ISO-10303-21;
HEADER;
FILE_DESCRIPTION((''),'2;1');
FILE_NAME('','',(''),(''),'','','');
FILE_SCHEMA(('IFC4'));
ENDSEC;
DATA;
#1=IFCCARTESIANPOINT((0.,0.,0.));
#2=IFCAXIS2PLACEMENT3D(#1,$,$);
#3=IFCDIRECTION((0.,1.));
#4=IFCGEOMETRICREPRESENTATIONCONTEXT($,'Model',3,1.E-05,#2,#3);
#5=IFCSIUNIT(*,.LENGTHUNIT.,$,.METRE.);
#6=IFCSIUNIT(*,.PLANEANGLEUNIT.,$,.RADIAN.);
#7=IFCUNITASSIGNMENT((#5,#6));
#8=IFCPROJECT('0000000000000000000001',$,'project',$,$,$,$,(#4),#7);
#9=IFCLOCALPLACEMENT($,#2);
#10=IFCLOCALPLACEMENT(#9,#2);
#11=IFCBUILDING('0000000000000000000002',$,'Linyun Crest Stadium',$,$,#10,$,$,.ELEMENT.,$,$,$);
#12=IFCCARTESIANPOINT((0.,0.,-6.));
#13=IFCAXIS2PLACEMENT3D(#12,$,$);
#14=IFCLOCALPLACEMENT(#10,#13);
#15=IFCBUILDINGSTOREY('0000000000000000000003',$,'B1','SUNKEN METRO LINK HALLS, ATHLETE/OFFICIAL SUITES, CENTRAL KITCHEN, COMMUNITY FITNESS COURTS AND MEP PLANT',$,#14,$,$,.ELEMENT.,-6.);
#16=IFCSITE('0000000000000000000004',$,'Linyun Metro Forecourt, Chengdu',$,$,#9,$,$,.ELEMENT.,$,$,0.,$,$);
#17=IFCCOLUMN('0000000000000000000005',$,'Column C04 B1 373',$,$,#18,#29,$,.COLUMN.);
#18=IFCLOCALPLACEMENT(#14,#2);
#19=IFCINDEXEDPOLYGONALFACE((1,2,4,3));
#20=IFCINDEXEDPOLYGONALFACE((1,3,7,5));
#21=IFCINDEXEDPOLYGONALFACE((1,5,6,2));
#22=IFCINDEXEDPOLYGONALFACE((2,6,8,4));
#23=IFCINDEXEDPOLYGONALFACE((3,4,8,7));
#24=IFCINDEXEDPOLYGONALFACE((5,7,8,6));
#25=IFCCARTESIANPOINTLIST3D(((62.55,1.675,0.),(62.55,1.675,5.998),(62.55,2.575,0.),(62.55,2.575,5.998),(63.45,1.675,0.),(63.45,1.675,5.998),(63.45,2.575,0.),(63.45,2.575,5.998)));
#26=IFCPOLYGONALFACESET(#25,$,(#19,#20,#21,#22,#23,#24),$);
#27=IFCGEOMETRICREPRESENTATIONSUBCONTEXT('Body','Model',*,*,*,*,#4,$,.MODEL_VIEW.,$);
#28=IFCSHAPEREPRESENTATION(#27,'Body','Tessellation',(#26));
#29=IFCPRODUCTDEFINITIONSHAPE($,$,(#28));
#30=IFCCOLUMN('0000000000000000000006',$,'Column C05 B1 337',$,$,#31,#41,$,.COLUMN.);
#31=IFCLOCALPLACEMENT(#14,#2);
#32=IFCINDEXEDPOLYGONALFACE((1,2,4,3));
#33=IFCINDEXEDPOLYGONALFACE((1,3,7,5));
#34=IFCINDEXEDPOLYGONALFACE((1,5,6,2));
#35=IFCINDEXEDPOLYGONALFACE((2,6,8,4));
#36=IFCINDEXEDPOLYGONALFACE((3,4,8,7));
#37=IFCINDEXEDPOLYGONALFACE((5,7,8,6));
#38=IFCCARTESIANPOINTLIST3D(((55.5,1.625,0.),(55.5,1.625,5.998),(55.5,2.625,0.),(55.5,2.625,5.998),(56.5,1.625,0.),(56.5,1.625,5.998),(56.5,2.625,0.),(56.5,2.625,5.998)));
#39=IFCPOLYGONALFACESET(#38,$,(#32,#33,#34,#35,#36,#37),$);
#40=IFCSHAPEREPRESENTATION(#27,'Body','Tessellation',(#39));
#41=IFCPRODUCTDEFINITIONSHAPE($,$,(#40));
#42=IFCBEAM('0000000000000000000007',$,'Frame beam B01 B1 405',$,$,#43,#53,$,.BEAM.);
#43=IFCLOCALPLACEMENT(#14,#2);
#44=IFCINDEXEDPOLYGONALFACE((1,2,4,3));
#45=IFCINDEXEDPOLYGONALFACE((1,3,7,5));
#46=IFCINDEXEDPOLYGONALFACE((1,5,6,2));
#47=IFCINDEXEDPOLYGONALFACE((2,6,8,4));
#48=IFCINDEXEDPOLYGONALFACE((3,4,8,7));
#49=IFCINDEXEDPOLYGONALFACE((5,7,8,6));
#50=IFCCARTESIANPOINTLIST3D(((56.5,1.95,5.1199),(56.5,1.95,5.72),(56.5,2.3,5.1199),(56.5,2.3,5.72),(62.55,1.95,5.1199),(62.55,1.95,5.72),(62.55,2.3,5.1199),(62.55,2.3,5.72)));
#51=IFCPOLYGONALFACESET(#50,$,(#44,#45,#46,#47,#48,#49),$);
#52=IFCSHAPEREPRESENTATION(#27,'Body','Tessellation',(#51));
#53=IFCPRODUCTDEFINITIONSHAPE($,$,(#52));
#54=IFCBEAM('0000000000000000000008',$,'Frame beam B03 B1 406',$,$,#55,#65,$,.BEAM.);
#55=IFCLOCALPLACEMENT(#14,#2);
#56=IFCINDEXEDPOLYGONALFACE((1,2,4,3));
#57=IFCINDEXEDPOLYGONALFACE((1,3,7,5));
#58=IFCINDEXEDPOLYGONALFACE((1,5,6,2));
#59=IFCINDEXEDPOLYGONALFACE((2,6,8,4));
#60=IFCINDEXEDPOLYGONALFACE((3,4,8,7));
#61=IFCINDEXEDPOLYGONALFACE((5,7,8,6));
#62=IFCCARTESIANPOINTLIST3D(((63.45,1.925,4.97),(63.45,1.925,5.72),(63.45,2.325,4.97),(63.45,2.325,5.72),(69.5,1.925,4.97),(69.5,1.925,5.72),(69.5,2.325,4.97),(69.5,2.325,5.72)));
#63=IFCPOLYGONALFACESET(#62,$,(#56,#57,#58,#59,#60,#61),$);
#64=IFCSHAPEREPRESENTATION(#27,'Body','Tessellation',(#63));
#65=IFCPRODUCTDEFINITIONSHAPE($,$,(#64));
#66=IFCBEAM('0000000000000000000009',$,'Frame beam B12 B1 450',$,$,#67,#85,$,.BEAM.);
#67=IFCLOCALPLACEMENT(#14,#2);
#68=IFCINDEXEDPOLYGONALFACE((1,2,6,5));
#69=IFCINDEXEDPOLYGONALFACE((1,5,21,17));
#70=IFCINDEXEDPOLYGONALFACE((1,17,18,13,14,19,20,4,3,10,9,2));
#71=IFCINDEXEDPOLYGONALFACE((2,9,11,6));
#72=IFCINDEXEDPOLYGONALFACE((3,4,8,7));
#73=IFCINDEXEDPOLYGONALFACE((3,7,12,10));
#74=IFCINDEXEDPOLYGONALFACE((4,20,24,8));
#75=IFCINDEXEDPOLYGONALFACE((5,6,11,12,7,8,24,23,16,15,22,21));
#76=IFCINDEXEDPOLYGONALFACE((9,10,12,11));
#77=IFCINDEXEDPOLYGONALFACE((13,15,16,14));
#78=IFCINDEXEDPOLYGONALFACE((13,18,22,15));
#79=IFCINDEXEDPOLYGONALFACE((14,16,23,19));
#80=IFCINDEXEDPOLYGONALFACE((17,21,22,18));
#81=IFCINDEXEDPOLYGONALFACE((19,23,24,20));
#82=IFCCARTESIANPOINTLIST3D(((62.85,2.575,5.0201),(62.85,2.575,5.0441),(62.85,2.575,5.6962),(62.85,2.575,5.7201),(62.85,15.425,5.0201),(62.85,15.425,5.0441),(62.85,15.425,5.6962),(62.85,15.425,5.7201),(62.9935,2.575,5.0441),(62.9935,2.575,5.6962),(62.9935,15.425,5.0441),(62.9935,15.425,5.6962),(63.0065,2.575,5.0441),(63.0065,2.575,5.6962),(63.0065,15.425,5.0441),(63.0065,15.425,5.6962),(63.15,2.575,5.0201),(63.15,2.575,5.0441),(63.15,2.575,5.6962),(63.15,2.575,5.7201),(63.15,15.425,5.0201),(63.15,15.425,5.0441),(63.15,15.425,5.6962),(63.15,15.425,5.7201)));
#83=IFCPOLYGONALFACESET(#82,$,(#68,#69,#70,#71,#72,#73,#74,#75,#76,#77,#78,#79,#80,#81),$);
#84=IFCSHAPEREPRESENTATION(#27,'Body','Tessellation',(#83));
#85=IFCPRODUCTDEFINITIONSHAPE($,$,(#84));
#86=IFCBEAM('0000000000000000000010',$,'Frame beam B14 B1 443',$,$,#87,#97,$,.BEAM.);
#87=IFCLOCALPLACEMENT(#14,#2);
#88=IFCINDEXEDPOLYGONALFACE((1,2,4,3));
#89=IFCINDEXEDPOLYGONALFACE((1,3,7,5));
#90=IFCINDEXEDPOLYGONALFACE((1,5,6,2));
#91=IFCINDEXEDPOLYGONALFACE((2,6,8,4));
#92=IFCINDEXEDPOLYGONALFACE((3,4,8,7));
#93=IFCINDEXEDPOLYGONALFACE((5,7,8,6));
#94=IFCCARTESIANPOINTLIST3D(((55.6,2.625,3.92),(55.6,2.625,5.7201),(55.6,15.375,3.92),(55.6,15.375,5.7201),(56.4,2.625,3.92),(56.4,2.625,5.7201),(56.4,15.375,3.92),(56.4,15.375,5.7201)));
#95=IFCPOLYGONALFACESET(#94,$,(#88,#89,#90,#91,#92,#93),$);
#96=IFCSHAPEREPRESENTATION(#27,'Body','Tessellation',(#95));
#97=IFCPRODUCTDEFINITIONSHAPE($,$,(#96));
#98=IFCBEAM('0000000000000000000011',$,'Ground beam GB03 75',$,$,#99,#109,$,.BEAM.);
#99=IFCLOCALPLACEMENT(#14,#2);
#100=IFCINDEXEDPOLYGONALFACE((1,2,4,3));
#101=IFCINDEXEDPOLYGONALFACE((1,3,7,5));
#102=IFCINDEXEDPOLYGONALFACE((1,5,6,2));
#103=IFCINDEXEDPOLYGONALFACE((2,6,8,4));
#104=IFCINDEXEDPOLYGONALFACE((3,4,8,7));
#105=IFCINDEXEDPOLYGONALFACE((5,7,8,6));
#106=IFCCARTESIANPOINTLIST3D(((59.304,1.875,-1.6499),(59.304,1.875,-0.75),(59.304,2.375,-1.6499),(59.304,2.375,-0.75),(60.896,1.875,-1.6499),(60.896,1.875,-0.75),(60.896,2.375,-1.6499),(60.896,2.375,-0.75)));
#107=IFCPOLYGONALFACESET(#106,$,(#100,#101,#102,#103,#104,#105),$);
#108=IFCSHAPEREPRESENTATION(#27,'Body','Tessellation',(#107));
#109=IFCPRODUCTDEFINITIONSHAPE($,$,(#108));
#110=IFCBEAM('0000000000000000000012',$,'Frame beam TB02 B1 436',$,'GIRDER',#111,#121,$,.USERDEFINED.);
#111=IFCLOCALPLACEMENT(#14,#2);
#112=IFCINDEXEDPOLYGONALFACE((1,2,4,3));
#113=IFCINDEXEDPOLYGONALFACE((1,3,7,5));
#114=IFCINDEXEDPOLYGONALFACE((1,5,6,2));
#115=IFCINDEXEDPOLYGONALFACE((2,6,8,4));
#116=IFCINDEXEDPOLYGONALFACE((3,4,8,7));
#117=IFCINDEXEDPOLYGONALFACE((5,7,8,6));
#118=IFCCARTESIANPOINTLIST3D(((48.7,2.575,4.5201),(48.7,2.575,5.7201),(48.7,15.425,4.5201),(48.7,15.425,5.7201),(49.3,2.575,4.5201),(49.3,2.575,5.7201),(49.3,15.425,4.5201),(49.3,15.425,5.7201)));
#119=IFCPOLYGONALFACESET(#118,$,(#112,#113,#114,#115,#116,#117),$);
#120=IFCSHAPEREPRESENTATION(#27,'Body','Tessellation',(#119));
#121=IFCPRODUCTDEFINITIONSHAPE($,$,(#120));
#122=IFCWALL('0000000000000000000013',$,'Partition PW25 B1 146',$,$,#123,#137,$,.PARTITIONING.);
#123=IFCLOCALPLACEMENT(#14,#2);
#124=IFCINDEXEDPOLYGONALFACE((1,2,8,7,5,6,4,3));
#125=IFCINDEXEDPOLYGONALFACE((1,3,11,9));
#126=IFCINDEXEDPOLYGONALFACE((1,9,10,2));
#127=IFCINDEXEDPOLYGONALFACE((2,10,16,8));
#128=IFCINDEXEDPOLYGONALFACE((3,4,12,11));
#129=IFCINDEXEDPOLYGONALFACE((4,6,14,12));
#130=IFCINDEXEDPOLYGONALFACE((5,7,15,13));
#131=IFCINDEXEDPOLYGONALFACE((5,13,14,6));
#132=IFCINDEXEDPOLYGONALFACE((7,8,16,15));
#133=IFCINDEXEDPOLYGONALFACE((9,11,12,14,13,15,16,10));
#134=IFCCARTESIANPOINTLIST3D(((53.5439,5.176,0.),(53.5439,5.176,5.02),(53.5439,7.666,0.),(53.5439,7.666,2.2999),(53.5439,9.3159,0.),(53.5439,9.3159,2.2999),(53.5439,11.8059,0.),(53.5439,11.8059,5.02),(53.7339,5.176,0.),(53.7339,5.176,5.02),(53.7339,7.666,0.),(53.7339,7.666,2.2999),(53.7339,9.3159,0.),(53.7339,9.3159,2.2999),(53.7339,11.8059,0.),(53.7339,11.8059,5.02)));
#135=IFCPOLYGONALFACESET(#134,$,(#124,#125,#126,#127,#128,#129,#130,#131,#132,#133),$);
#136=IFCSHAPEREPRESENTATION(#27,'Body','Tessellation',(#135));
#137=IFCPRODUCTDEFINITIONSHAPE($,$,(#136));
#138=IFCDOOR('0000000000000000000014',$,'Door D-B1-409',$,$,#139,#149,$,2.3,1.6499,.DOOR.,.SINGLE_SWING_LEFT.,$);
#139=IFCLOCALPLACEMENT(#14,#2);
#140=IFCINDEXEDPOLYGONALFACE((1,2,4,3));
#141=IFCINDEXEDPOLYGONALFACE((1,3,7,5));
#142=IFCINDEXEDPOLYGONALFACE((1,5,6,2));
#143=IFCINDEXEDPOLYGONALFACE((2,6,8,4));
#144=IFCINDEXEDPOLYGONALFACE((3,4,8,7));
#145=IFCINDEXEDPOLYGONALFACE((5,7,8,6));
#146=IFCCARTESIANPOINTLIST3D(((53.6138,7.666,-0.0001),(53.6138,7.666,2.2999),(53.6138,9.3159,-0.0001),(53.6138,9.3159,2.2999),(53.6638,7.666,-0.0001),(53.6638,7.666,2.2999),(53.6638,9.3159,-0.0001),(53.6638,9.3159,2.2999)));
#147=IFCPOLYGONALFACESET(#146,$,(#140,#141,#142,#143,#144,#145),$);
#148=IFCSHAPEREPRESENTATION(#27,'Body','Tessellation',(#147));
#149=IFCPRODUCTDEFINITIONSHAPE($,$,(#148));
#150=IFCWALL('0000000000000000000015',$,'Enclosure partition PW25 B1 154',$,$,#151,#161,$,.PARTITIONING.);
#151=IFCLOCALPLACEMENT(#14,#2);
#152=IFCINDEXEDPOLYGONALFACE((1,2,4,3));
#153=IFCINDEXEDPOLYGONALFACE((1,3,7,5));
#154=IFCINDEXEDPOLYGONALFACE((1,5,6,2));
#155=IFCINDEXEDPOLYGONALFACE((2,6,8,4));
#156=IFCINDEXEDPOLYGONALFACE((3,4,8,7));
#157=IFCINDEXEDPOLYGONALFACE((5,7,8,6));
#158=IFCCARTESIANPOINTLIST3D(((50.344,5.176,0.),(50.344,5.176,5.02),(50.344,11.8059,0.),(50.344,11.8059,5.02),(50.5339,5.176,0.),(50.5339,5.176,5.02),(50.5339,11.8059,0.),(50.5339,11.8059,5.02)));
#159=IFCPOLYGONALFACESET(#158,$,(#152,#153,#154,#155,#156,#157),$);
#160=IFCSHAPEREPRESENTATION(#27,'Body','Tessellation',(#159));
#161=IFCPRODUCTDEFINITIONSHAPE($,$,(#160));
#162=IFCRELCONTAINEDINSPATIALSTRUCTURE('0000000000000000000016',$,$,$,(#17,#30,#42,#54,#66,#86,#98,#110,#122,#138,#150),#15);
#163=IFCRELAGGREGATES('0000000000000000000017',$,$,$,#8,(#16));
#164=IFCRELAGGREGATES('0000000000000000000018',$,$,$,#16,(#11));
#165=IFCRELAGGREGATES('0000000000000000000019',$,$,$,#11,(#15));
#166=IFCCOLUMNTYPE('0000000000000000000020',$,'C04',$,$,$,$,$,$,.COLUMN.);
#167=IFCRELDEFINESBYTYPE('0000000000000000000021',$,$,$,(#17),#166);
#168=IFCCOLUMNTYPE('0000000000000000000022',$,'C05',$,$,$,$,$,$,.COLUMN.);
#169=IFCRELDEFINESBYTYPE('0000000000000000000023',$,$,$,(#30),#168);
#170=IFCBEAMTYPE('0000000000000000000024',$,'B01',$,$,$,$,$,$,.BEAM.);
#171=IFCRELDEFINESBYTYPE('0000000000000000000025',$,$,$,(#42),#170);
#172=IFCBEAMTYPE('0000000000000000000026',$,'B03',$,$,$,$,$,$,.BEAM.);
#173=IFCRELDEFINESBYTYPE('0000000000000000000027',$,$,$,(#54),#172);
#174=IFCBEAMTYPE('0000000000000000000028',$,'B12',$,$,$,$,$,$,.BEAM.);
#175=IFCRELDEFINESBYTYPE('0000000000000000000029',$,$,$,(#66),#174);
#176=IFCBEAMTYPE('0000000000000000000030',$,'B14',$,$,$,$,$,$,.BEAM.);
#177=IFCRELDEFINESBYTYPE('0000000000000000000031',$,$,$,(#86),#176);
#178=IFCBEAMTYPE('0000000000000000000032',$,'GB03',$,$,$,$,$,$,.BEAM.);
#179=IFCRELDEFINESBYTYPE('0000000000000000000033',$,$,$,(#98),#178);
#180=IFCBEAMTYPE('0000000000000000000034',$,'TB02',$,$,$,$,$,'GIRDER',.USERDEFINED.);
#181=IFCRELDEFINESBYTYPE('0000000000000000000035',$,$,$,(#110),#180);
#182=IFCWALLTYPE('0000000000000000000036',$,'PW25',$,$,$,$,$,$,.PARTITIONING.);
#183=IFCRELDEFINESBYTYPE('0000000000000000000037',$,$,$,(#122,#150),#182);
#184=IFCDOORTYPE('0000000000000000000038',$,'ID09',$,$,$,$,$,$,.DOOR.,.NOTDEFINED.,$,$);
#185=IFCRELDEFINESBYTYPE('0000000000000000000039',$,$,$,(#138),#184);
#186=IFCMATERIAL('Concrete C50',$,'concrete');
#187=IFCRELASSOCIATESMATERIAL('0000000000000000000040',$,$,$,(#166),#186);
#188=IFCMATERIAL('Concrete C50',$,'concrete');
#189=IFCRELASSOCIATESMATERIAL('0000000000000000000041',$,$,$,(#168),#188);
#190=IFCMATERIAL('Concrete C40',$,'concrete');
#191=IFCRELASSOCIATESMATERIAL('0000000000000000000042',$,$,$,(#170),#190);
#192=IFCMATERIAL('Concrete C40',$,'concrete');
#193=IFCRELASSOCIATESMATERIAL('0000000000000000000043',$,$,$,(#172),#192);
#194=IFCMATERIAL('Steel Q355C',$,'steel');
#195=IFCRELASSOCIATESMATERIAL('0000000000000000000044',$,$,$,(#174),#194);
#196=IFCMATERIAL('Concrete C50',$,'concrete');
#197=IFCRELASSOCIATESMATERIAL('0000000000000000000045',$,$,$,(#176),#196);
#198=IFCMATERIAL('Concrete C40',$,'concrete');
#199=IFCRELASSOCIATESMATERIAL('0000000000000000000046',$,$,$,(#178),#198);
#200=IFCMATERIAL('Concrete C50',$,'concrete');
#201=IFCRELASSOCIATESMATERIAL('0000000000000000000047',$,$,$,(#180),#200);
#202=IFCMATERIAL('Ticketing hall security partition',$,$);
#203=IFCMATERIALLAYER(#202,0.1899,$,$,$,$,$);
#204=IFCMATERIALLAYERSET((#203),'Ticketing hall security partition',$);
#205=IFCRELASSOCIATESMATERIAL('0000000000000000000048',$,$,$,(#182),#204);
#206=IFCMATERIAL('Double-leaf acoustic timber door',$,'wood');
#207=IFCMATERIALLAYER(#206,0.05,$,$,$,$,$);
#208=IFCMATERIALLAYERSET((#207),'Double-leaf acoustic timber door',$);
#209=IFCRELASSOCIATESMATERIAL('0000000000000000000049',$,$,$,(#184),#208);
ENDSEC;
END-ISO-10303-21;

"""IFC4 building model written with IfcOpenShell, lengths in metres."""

from ifc_helpers import new_model, si_unit, direction, frame, frame_2d, origin, origin_2d, place, context, subcontext, project, spatial, rectangle, i_section, extrude, material, layer, layer_set, material_profile, profile_set, type_object, element, fill, save


model = new_model("IFC4")

# Units and contexts
model_context = context("Model", 3, precision=1e-05, world=origin(), true_north=direction((0.0, 1.0)))
body_context = subcontext(model_context, "Body", "Model", "MODEL_VIEW")
ifc_project = project(units=[si_unit("LENGTHUNIT", "METRE"), si_unit("PLANEANGLEUNIT", "RADIAN")], contexts=[model_context])

# Site, building, storey
site_placement = place(None, origin())
site = spatial("IfcSite", under=ifc_project, at=site_placement, Name="Linyun Metro Forecourt, Chengdu", CompositionType="ELEMENT", RefElevation=0.0)
building_placement = place(site_placement, origin())
building = spatial("IfcBuilding", under=site, at=building_placement, Name="Linyun Crest Stadium", CompositionType="ELEMENT")
storey_placement = place(building_placement, frame((0.0, 0.0, -6.0)))
storey = spatial("IfcBuildingStorey", under=building, at=storey_placement, Name="B1", Description="SUNKEN METRO LINK HALLS, ATHLETE/OFFICIAL SUITES, CENTRAL KITCHEN, COMMUNITY FITNESS COURTS AND MEP PLANT", CompositionType="ELEMENT", Elevation=-6.0)

# Columns
ifc_material_1 = material(Name="Concrete C50", Category="concrete")
ifc_material_profile_1 = material_profile(ifc_material_1, rectangle(XDim=0.8999, YDim=0.8999, at=origin_2d()), Name="RC 900x900")
ifc_profile_set_1 = profile_set([ifc_material_profile_1], Name="Concrete C50")
column_type_1 = type_object("IfcColumnType", Name="C04", PredefinedType="COLUMN", material=ifc_profile_set_1)
column_1_placement = place(storey_placement, frame((63.0, 2.125, 0.0), z_axis=(0.0, 0.0, 1.0), x_axis=(1.0, 0.0, 0.0)))
element("IfcColumn", 1, at=column_1_placement, inside=storey, type_object=column_type_1, Name="Column C04 B1 373", PredefinedType="COLUMN", context=body_context, shape_type="SweptSolid", body=[
    extrude(rectangle(XDim=0.8999, YDim=0.8999, at=origin_2d()), origin(), (0.0, 0.0, 1.0), 5.998),
])
ifc_material_2 = material(Name="Concrete C50", Category="concrete")
ifc_material_profile_2 = material_profile(ifc_material_2, rectangle(XDim=1.0, YDim=1.0, at=origin_2d()), Name="RC 1000x1000")
ifc_profile_set_2 = profile_set([ifc_material_profile_2], Name="Concrete C50")
column_type_2 = type_object("IfcColumnType", Name="C05", PredefinedType="COLUMN", material=ifc_profile_set_2)
column_2_placement = place(storey_placement, frame((56.0, 2.125, 0.0), z_axis=(0.0, 0.0, 1.0), x_axis=(1.0, 0.0, 0.0)))
element("IfcColumn", 2, at=column_2_placement, inside=storey, type_object=column_type_2, Name="Column C05 B1 337", PredefinedType="COLUMN", context=body_context, shape_type="SweptSolid", body=[
    extrude(rectangle(XDim=1.0, YDim=1.0, at=origin_2d()), origin(), (0.0, 0.0, 1.0), 5.998),
])

# Beams
ifc_material_3 = material(Name="Concrete C40", Category="concrete")
ifc_material_profile_3 = material_profile(ifc_material_3, rectangle(XDim=0.3501, YDim=0.6001, at=origin_2d()), Name="RCB 600x350")
ifc_profile_set_3 = profile_set([ifc_material_profile_3], Name="Concrete C40")
beam_type_1 = type_object("IfcBeamType", Name="B01", PredefinedType="BEAM", material=ifc_profile_set_3)
beam_1_placement = place(storey_placement, frame((56.5, 2.125, 5.4199), z_axis=(1.0, 0.0, 0.0), x_axis=(0.0, 1.0, 0.0)))
element("IfcBeam", 3, at=beam_1_placement, inside=storey, type_object=beam_type_1, Name="Frame beam B01 B1 405", PredefinedType="BEAM", context=body_context, shape_type="SweptSolid", body=[
    extrude(rectangle(XDim=0.3501, YDim=0.6001, at=origin_2d()), origin(), (0.0, 0.0, 1.0), 6.05),
])
ifc_material_4 = material(Name="Concrete C40", Category="concrete")
ifc_material_profile_4 = material_profile(ifc_material_4, rectangle(XDim=0.3999, YDim=0.75, at=origin_2d()), Name="RCB 750x400")
ifc_profile_set_4 = profile_set([ifc_material_profile_4], Name="Concrete C40")
beam_type_2 = type_object("IfcBeamType", Name="B03", PredefinedType="BEAM", material=ifc_profile_set_4)
beam_2_placement = place(storey_placement, frame((63.45, 2.125, 5.345), z_axis=(1.0, 0.0, 0.0), x_axis=(0.0, 1.0, 0.0)))
element("IfcBeam", 4, at=beam_2_placement, inside=storey, type_object=beam_type_2, Name="Frame beam B03 B1 406", PredefinedType="BEAM", context=body_context, shape_type="SweptSolid", body=[
    extrude(rectangle(XDim=0.3999, YDim=0.75, at=origin_2d()), origin(), (0.0, 0.0, 1.0), 6.05),
])
ifc_material_5 = material(Name="Steel Q355C", Category="steel")
ifc_material_profile_5 = material_profile(ifc_material_5, i_section(OverallWidth=0.3, OverallDepth=0.7, WebThickness=0.0129, FlangeThickness=0.0239, at=origin_2d()), Name="HN 700x300")
ifc_profile_set_5 = profile_set([ifc_material_profile_5], Name="Steel Q355C")
beam_type_3 = type_object("IfcBeamType", Name="B12", PredefinedType="BEAM", material=ifc_profile_set_5)
beam_3_placement = place(storey_placement, frame((63.0, 2.575, 5.3701), z_axis=(0.0, 1.0, 0.0), x_axis=(-1.0, 0.0, 0.0)))
element("IfcBeam", 5, at=beam_3_placement, inside=storey, type_object=beam_type_3, Name="Frame beam B12 B1 450", PredefinedType="BEAM", context=body_context, shape_type="SweptSolid", body=[
    extrude(i_section(OverallWidth=0.3, OverallDepth=0.7, WebThickness=0.0129, FlangeThickness=0.0239, at=origin_2d()), origin(), (0.0, 0.0, 1.0), 12.8501),
])
ifc_material_6 = material(Name="Concrete C50", Category="concrete")
ifc_material_profile_6 = material_profile(ifc_material_6, rectangle(XDim=0.8, YDim=1.8, at=origin_2d()), Name="RCB 1800x800")
ifc_profile_set_6 = profile_set([ifc_material_profile_6], Name="Concrete C50")
beam_type_4 = type_object("IfcBeamType", Name="B14", PredefinedType="BEAM", material=ifc_profile_set_6)
beam_4_placement = place(storey_placement, frame((56.0, 2.625, 4.8201), z_axis=(0.0, 1.0, 0.0), x_axis=(-1.0, 0.0, 0.0)))
element("IfcBeam", 6, at=beam_4_placement, inside=storey, type_object=beam_type_4, Name="Frame beam B14 B1 443", PredefinedType="BEAM", context=body_context, shape_type="SweptSolid", body=[
    extrude(rectangle(XDim=0.8, YDim=1.8, at=origin_2d()), origin(), (0.0, 0.0, 1.0), 12.75),
])
ifc_material_7 = material(Name="Concrete C40", Category="concrete")
ifc_material_profile_7 = material_profile(ifc_material_7, rectangle(XDim=0.5, YDim=0.8999, at=origin_2d()), Name="RCB 900x500")
ifc_profile_set_7 = profile_set([ifc_material_profile_7], Name="Concrete C40")
beam_type_5 = type_object("IfcBeamType", Name="GB03", PredefinedType="BEAM", material=ifc_profile_set_7)
beam_5_placement = place(storey_placement, frame((59.304, 2.125, -1.2), z_axis=(1.0, 0.0, 0.0), x_axis=(0.0, 1.0, 0.0)))
element("IfcBeam", 7, at=beam_5_placement, inside=storey, type_object=beam_type_5, Name="Ground beam GB03 75", PredefinedType="BEAM", context=body_context, shape_type="SweptSolid", body=[
    extrude(rectangle(XDim=0.5, YDim=0.8999, at=origin_2d()), origin(), (0.0, 0.0, 1.0), 1.592),
])
ifc_material_8 = material(Name="Concrete C50", Category="concrete")
ifc_material_profile_8 = material_profile(ifc_material_8, rectangle(XDim=0.6001, YDim=1.2, at=origin_2d()), Name="RCB 1200x600")
ifc_profile_set_8 = profile_set([ifc_material_profile_8], Name="Concrete C50")
beam_type_6 = type_object("IfcBeamType", Name="TB02", ElementType="GIRDER", PredefinedType="USERDEFINED", material=ifc_profile_set_8)
beam_6_placement = place(storey_placement, frame((49.0, 2.575, 5.1201), z_axis=(0.0, 1.0, 0.0), x_axis=(-1.0, 0.0, 0.0)))
element("IfcBeam", 8, at=beam_6_placement, inside=storey, type_object=beam_type_6, Name="Frame beam TB02 B1 436", ObjectType="GIRDER", PredefinedType="USERDEFINED", context=body_context, shape_type="SweptSolid", body=[
    extrude(rectangle(XDim=0.6001, YDim=1.2, at=origin_2d()), origin(), (0.0, 0.0, 1.0), 12.8501),
])

# Wall, opening, door
ifc_material_9 = material(Name="Ticketing hall security partition")
ifc_layer_1 = layer(ifc_material_9, 0.1899)
ifc_layer_set_1 = layer_set([ifc_layer_1], Name="Ticketing hall security partition")
wall_type = type_object("IfcWallType", Name="PW25", PredefinedType="PARTITIONING", material=ifc_layer_set_1)
wall_1_placement = place(storey_placement, frame((53.6389, 11.8059, 0.0), z_axis=(0.0, 0.0, 1.0), x_axis=(0.0, -1.0, 0.0)))
wall_1 = element("IfcWall", 9, at=wall_1_placement, inside=storey, type_object=wall_type, Name="Partition PW25 B1 146", PredefinedType="PARTITIONING", context=body_context, shape_type="SweptSolid", body=[
    extrude(rectangle(XDim=6.6299, YDim=0.1899, at=frame_2d((3.3149, 0.0))), origin(), (0.0, 0.0, 1.0), 5.02),
])
opening_placement = place(wall_1_placement, frame((2.49, 0.0, 0.0)))
opening = element("IfcOpeningElement", 10, at=opening_placement, cuts=wall_1, PredefinedType="OPENING", context=body_context, shape_type="SweptSolid", body=[
    extrude(rectangle(XDim=1.6499, YDim=2.3, at=frame_2d((0.825, 1.1499))), frame((0.0, 0.105, 0.0), z_axis=(0.0, -1.0, 0.0), x_axis=(1.0, 0.0, 0.0)), (0.0, 0.0, 1.0), 0.21),
])
ifc_material_10 = material(Name="Double-leaf acoustic timber door", Category="wood")
ifc_layer_2 = layer(ifc_material_10, 0.05)
ifc_layer_set_2 = layer_set([ifc_layer_2], Name="Double-leaf acoustic timber door")
door_type = type_object("IfcDoorType", Name="ID09", OperationType="NOTDEFINED", PredefinedType="DOOR", material=ifc_layer_set_2)
door_placement = place(opening_placement, origin())
door = element("IfcDoor", 11, at=door_placement, inside=storey, type_object=door_type, Name="Door D-B1-409", OperationType="SINGLE_SWING_LEFT", OverallHeight=2.3, OverallWidth=1.6499, PredefinedType="DOOR", context=body_context, shape_type="SweptSolid", body=[
    extrude(rectangle(XDim=1.6499, YDim=2.3, at=frame_2d((0.825, 1.1499))), frame((0.0, 0.0249, 0.0), z_axis=(0.0, -1.0, 0.0), x_axis=(1.0, 0.0, 0.0)), (0.0, 0.0, 1.0), 0.05),
])
fill(opening, door)

# Wall
wall_2_placement = place(storey_placement, frame((50.439, 5.176, 0.0), z_axis=(0.0, 0.0, 1.0), x_axis=(0.0, 1.0, 0.0)))
element("IfcWall", 12, at=wall_2_placement, inside=storey, type_object=wall_type, Name="Enclosure partition PW25 B1 154", PredefinedType="PARTITIONING", context=body_context, shape_type="SweptSolid", body=[
    extrude(rectangle(XDim=6.6299, YDim=0.1899, at=frame_2d((3.3149, 0.0))), origin(), (0.0, 0.0, 1.0), 5.02),
])

save(model, "model.ifc")
